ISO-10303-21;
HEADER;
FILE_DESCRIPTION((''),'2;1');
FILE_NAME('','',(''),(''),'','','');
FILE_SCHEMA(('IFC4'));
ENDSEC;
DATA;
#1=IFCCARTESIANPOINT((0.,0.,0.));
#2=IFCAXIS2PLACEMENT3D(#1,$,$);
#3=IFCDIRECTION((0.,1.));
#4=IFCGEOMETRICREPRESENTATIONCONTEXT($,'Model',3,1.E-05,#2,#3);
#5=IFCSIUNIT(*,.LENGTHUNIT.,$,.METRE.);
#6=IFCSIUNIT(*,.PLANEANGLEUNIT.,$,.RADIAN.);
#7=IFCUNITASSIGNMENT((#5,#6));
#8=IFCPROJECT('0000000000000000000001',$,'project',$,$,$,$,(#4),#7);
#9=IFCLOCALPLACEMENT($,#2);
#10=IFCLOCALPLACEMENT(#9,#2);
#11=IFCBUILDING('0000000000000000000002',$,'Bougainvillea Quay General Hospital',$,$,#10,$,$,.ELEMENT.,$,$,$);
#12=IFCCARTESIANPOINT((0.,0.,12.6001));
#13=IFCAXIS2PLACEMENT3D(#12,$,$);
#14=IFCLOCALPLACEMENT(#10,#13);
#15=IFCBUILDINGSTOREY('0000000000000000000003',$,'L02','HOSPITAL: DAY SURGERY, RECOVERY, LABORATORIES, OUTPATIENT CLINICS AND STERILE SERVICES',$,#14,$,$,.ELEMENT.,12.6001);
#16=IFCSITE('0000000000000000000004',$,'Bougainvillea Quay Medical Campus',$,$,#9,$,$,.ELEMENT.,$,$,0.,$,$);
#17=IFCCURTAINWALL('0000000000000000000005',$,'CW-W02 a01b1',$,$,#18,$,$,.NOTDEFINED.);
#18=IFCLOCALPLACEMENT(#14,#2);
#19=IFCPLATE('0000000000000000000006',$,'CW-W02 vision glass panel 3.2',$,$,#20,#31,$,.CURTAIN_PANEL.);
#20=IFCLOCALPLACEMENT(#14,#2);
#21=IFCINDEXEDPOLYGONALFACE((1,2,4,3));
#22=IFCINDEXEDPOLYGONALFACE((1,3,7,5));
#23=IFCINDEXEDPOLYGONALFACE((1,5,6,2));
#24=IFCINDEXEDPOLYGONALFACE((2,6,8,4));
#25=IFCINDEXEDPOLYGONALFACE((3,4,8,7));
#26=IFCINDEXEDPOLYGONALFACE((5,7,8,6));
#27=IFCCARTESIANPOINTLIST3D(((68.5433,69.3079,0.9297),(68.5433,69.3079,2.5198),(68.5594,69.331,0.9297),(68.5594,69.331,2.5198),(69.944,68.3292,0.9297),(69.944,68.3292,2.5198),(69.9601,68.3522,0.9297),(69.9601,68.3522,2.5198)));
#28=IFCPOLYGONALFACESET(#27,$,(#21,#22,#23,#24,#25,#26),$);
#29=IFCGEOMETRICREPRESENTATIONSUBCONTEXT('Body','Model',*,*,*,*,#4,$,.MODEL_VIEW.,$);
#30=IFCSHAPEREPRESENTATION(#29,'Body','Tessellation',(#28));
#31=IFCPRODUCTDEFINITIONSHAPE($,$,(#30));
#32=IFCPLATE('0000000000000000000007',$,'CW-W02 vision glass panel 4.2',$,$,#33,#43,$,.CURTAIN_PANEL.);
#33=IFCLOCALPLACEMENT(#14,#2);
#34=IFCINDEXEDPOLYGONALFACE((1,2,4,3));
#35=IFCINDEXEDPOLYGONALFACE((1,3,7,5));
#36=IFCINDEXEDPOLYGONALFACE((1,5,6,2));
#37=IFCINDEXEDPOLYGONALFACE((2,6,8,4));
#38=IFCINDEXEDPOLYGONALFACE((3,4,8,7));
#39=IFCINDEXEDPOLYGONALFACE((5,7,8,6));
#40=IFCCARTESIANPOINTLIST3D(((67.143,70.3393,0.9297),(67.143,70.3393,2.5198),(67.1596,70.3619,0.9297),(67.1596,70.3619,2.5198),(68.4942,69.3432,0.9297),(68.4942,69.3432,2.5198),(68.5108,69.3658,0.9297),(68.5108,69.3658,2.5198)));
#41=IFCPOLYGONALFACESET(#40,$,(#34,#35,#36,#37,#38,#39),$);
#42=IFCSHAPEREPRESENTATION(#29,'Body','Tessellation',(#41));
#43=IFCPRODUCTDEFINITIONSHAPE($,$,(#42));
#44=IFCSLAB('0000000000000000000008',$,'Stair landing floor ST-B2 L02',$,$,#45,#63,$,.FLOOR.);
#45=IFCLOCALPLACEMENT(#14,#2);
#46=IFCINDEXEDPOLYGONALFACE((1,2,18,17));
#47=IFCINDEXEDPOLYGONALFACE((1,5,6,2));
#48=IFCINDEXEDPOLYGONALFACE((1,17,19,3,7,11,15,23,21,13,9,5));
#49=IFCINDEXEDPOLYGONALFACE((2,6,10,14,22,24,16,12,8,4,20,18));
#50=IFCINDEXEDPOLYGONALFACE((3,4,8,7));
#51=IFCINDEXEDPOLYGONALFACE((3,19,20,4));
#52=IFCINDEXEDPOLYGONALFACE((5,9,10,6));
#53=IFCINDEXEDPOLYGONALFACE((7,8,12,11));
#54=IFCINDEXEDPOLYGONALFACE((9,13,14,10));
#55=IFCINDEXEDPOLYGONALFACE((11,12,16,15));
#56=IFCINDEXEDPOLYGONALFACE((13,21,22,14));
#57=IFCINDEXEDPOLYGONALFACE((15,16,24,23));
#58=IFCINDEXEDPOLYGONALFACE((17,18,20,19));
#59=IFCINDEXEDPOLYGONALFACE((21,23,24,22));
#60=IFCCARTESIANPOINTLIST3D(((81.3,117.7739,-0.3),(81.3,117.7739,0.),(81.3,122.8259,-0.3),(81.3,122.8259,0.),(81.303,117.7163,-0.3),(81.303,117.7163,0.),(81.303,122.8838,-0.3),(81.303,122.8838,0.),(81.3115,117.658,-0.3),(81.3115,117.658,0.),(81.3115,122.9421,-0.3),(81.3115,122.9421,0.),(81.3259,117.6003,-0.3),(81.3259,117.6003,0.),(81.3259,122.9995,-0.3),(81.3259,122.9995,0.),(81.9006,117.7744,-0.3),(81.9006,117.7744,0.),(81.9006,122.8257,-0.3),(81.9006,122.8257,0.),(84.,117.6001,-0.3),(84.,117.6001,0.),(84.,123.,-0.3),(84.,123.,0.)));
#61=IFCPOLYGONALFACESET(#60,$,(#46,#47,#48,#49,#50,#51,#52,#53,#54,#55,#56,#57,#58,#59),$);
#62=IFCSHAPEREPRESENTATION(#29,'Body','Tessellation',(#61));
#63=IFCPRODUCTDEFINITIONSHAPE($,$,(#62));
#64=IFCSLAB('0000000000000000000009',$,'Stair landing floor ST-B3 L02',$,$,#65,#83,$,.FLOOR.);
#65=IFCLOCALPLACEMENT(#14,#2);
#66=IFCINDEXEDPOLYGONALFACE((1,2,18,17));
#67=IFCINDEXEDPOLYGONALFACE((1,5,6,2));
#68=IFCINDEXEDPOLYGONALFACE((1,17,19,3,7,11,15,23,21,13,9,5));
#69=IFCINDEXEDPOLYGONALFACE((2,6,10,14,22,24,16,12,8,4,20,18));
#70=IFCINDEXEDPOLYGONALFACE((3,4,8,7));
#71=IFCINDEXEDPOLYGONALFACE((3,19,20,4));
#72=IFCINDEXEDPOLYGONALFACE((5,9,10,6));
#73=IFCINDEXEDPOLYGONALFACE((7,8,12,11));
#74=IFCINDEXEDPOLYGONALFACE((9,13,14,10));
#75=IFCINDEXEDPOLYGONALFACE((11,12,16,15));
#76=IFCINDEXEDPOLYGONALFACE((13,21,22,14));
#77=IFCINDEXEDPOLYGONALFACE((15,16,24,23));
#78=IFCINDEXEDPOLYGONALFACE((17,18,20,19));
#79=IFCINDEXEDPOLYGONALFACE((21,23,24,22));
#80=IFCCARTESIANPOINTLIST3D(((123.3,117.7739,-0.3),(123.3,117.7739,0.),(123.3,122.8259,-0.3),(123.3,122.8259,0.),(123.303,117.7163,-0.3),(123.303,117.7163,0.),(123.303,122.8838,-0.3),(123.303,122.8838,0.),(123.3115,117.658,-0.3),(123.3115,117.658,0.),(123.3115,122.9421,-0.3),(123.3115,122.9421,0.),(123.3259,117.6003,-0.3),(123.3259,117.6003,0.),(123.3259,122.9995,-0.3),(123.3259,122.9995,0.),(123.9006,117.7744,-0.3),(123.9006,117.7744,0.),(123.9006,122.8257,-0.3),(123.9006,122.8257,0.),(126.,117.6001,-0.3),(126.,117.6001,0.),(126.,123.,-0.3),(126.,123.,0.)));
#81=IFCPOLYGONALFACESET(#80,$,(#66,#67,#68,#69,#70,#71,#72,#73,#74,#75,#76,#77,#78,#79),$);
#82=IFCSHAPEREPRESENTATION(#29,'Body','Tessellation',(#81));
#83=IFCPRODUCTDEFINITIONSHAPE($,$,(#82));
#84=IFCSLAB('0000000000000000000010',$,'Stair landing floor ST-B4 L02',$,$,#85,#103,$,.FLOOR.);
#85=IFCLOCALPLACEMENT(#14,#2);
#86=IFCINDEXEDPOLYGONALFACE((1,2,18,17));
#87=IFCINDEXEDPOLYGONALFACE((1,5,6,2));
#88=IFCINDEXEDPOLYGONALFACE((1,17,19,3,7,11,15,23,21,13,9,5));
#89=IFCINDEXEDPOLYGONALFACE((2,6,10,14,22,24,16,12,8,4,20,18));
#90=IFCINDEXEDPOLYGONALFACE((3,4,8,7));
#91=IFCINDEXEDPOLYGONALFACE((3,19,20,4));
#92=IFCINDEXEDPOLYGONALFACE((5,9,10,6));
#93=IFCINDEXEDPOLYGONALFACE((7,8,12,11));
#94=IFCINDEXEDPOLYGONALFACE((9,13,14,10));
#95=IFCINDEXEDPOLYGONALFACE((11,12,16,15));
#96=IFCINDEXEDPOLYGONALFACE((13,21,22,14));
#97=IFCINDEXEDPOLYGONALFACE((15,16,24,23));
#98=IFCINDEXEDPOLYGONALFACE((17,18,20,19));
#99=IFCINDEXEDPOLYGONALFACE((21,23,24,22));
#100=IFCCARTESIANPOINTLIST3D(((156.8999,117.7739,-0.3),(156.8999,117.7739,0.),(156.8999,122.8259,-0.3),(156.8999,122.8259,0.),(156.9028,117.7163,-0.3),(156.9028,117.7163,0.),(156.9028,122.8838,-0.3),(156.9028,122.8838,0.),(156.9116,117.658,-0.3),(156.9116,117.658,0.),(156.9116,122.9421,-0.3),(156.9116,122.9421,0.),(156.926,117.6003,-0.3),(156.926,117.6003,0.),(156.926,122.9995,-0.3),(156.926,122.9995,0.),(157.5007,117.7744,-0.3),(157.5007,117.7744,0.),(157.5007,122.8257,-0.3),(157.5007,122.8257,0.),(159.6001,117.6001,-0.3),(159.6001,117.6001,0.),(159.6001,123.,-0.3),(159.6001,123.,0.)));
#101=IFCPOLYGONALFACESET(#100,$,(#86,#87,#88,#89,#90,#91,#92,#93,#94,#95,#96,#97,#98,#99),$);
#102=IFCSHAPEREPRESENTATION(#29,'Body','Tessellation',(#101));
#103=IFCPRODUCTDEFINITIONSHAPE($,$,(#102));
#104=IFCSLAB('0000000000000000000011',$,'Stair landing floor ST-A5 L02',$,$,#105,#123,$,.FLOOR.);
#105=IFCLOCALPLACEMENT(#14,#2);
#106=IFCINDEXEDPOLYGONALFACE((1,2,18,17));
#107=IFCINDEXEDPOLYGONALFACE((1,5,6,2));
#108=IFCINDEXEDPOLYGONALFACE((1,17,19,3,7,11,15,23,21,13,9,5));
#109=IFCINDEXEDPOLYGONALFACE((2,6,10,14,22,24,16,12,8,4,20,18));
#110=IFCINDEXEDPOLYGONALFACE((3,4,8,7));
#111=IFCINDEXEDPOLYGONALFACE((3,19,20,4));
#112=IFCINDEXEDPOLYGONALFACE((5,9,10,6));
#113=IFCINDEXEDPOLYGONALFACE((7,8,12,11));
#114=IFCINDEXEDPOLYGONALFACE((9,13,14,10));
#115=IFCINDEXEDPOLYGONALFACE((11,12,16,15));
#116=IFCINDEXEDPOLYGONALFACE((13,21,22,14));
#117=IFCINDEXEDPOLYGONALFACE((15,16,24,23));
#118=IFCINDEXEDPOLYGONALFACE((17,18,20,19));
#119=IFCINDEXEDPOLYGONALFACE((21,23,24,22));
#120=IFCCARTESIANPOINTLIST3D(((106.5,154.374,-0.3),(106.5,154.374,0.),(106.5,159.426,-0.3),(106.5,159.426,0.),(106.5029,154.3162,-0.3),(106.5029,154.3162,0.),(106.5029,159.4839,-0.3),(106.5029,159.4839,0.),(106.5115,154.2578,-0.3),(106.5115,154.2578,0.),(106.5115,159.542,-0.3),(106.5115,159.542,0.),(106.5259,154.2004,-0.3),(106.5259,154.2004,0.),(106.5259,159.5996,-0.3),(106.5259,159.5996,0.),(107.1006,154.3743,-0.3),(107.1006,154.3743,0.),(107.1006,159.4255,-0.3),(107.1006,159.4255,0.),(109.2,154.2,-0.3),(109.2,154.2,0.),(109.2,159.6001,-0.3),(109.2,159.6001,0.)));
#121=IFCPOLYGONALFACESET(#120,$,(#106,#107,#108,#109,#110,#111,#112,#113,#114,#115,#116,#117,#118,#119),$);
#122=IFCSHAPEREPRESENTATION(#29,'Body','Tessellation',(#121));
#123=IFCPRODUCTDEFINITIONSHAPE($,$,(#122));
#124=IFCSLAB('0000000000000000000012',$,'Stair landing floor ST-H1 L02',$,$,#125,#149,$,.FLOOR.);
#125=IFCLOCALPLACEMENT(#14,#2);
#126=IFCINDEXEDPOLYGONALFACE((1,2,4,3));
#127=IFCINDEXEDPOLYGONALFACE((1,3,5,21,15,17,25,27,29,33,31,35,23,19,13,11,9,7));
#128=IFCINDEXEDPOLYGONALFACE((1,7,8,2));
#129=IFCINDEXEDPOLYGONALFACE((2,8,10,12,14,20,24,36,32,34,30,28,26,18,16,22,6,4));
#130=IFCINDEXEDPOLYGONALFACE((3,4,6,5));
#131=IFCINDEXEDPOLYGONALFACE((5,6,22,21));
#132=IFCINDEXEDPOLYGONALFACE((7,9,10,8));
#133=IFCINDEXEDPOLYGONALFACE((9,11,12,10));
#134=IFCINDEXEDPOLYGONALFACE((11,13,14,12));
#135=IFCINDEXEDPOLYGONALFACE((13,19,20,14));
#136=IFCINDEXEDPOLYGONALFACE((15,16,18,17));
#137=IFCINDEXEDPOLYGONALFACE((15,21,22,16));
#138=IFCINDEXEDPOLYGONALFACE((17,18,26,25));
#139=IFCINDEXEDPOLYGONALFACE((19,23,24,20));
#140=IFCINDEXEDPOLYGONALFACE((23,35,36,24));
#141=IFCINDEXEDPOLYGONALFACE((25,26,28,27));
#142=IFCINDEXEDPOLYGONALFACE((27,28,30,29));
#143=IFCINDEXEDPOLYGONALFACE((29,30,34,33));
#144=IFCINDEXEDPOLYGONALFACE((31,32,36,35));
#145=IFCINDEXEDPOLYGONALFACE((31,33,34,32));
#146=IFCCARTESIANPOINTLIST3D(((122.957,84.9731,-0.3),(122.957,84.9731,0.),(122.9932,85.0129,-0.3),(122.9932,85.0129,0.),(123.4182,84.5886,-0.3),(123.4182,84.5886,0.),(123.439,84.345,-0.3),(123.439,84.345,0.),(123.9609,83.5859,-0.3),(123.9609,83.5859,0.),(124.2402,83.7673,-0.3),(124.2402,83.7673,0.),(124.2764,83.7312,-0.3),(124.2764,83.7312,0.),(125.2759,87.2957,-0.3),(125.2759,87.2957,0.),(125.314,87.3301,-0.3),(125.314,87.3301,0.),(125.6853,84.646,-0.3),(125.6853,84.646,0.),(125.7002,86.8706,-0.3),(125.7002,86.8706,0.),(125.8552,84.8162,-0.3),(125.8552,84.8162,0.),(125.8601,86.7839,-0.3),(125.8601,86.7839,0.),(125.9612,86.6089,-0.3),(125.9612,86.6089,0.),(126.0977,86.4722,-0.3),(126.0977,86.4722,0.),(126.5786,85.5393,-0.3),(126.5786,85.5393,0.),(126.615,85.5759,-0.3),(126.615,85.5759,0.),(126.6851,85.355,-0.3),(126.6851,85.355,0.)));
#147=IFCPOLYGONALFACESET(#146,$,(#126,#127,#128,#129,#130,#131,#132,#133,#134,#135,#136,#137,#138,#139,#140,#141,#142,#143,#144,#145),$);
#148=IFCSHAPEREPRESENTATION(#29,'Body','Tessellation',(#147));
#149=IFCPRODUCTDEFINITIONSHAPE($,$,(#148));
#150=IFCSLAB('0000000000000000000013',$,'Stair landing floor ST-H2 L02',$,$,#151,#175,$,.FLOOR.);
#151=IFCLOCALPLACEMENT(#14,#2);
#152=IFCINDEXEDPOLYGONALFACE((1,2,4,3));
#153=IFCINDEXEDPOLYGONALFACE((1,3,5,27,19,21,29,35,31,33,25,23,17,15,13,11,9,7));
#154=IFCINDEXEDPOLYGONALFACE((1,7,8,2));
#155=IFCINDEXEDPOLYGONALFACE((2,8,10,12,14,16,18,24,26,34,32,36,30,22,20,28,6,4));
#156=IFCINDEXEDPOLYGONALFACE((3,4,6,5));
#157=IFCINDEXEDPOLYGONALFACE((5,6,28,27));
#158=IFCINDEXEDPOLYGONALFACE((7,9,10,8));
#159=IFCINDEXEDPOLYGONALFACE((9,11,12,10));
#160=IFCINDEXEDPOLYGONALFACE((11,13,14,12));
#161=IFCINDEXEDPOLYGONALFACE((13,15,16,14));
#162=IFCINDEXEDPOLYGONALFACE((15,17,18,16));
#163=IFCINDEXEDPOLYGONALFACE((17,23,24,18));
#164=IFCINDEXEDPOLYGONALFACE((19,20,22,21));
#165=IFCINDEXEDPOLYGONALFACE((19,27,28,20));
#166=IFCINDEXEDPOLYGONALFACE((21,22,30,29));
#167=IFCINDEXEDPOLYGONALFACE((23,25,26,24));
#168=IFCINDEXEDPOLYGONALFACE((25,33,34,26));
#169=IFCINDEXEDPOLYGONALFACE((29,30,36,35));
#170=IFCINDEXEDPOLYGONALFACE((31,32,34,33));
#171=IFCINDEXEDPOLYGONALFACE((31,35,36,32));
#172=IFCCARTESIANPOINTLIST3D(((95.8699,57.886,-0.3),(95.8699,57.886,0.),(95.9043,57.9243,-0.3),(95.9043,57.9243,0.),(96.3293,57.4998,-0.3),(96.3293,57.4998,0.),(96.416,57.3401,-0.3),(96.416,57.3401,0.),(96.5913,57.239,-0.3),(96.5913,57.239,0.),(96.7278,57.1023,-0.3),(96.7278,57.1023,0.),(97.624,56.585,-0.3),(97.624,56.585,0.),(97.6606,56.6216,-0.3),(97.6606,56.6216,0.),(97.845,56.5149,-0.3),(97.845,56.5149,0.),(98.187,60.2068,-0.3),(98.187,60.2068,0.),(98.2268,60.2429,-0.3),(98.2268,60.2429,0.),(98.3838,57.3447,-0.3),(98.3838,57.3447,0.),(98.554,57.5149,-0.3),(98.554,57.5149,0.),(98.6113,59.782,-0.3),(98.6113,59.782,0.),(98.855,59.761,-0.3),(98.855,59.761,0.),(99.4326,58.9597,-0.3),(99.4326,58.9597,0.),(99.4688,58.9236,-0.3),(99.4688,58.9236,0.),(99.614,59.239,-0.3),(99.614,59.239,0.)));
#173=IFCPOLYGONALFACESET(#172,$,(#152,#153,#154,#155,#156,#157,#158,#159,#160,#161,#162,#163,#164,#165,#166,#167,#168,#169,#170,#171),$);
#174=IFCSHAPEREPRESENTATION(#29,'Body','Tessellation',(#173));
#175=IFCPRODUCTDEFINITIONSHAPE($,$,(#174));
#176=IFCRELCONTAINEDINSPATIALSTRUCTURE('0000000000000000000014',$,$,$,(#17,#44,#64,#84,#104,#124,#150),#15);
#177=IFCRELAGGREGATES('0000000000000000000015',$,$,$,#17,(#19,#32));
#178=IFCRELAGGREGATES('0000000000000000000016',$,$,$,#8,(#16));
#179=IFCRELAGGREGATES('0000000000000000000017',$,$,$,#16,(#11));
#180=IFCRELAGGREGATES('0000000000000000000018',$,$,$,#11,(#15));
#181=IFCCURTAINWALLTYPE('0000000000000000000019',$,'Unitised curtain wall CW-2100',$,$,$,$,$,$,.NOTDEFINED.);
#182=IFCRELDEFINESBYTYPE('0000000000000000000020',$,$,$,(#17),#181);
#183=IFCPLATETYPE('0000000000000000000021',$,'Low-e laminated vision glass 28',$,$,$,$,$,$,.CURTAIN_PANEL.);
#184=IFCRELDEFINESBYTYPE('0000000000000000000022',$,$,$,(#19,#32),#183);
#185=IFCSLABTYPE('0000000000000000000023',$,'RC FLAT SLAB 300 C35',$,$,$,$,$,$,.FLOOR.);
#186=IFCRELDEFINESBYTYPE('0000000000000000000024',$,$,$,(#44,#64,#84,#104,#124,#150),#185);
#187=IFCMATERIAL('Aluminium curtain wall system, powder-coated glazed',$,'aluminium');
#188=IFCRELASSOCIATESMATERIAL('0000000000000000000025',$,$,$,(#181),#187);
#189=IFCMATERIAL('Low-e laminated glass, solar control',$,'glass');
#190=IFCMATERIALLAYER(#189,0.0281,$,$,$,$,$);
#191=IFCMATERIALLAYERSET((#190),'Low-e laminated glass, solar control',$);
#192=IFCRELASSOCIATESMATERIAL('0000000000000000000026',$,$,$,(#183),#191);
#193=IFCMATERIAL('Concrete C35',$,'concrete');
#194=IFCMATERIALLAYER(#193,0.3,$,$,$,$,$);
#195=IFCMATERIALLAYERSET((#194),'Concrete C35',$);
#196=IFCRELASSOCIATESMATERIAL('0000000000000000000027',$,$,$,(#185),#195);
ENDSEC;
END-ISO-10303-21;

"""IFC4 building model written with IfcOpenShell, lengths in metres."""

from ifc_helpers import new_model, si_unit, direction, frame, origin, origin_2d, place, context, subcontext, project, spatial, polyline, rectangle, outline, extrude, material, layer, layer_set, type_object, element, aggregate, save


model = new_model("IFC4")

# Units and contexts
model_context = context("Model", 3, precision=1e-05, world=origin(), true_north=direction((0.0, 1.0)))
body_context = subcontext(model_context, "Body", "Model", "MODEL_VIEW")
ifc_project = project(units=[si_unit("LENGTHUNIT", "METRE"), si_unit("PLANEANGLEUNIT", "RADIAN")], contexts=[model_context])

# Site, building, storey
site_placement = place(None, origin())
site = spatial("IfcSite", under=ifc_project, at=site_placement, Name="Bougainvillea Quay Medical Campus", CompositionType="ELEMENT", RefElevation=0.0)
building_placement = place(site_placement, origin())
building = spatial("IfcBuilding", under=site, at=building_placement, Name="Bougainvillea Quay General Hospital", CompositionType="ELEMENT")
storey_placement = place(building_placement, frame((0.0, 0.0, 12.6001)))
storey = spatial("IfcBuildingStorey", under=building, at=storey_placement, Name="L02", Description="HOSPITAL: DAY SURGERY, RECOVERY, LABORATORIES, OUTPATIENT CLINICS AND STERILE SERVICES", CompositionType="ELEMENT", Elevation=12.6001)

# Curtain wall, plates
ifc_material_1 = material(Name="Aluminium curtain wall system, powder-coated glazed", Category="aluminium")
curtain_wall_type = type_object("IfcCurtainWallType", Name="Unitised curtain wall CW-2100", PredefinedType="NOTDEFINED", material=ifc_material_1)
curtain_wall_placement = place(storey_placement, origin())
curtain_wall = element("IfcCurtainWall", 1, at=curtain_wall_placement, inside=storey, type_object=curtain_wall_type, Name="CW-W02 a01b1", PredefinedType="NOTDEFINED")
ifc_material_2 = material(Name="Low-e laminated glass, solar control", Category="glass")
ifc_layer_1 = layer(ifc_material_2, 0.0281)
ifc_layer_set_1 = layer_set([ifc_layer_1], Name="Low-e laminated glass, solar control")
plate_type_1 = type_object("IfcPlateType", Name="Low-e laminated vision glass 28", PredefinedType="CURTAIN_PANEL", material=ifc_layer_set_1)
plate_1_placement = place(storey_placement, frame((69.2517, 68.8301, 0.9297), z_axis=(0.0, 0.0, 1.0), x_axis=(-0.819707, 0.572783, 0.0)))
plate_1 = element("IfcPlate", 2, at=plate_1_placement, type_object=plate_type_1, Name="CW-W02 vision glass panel 3.2", PredefinedType="CURTAIN_PANEL", context=body_context, shape_type="SweptSolid", body=[
    extrude(rectangle(XDim=1.7087, YDim=0.0281, at=origin_2d()), origin(), (0.0, 0.0, 1.0), 1.5901),
])
plate_2_placement = place(storey_placement, frame((67.8269, 69.8525, 0.9297), z_axis=(0.0, 0.0, 1.0), x_axis=(-0.80492, 0.593384, 0.0)))
plate_2 = element("IfcPlate", 3, at=plate_2_placement, type_object=plate_type_1, Name="CW-W02 vision glass panel 4.2", PredefinedType="CURTAIN_PANEL", context=body_context, shape_type="SweptSolid", body=[
    extrude(rectangle(XDim=1.6787, YDim=0.0281, at=origin_2d()), origin(), (0.0, 0.0, 1.0), 1.5901),
])
aggregate(curtain_wall, [plate_1, plate_2])

# Slabs
ifc_material_3 = material(Name="Concrete C35", Category="concrete")
ifc_layer_2 = layer(ifc_material_3, 0.3)
ifc_layer_set_2 = layer_set([ifc_layer_2], Name="Concrete C35")
slab_type_1 = type_object("IfcSlabType", Name="RC FLAT SLAB 300 C35", PredefinedType="FLOOR", material=ifc_layer_set_2)
slab_1_placement = place(storey_placement, frame((0.0, 0.0, -0.3)))
element("IfcSlab", 4, at=slab_1_placement, inside=storey, type_object=slab_type_1, Name="Stair landing floor ST-B2 L02", PredefinedType="FLOOR", context=body_context, shape_type="SweptSolid", body=[
    extrude(outline(polyline([(81.303, 122.8838), (81.3115, 122.9421), (81.3259, 122.9995), (84.0, 123.0), (84.0, 117.6001), (81.3259, 117.6003), (81.3115, 117.658), (81.303, 117.7163), (81.3, 117.7739), (81.9006, 117.7744), (81.9006, 122.8257), (81.3, 122.8259), (81.303, 122.8838)])), origin(), (0.0, 0.0, 1.0), 0.3),
])
slab_2_placement = place(storey_placement, frame((0.0, 0.0, -0.3)))
element("IfcSlab", 5, at=slab_2_placement, inside=storey, type_object=slab_type_1, Name="Stair landing floor ST-B3 L02", PredefinedType="FLOOR", context=body_context, shape_type="SweptSolid", body=[
    extrude(outline(polyline([(123.303, 122.8838), (123.3115, 122.9421), (123.3259, 122.9995), (126.0, 123.0), (126.0, 117.6001), (123.3259, 117.6003), (123.3115, 117.658), (123.303, 117.7163), (123.3, 117.7739), (123.9006, 117.7744), (123.9006, 122.8257), (123.3, 122.8259), (123.303, 122.8838)])), origin(), (0.0, 0.0, 1.0), 0.3),
])
slab_3_placement = place(storey_placement, frame((0.0, 0.0, -0.3)))
element("IfcSlab", 6, at=slab_3_placement, inside=storey, type_object=slab_type_1, Name="Stair landing floor ST-B4 L02", PredefinedType="FLOOR", context=body_context, shape_type="SweptSolid", body=[
    extrude(outline(polyline([(156.9028, 122.8838), (156.9116, 122.9421), (156.926, 122.9995), (159.6001, 123.0), (159.6001, 117.6001), (156.926, 117.6003), (156.9116, 117.658), (156.9028, 117.7163), (156.8999, 117.7739), (157.5007, 117.7744), (157.5007, 122.8257), (156.8999, 122.8259), (156.9028, 122.8838)])), origin(), (0.0, 0.0, 1.0), 0.3),
])
slab_4_placement = place(storey_placement, frame((0.0, 0.0, -0.3)))
element("IfcSlab", 7, at=slab_4_placement, inside=storey, type_object=slab_type_1, Name="Stair landing floor ST-A5 L02", PredefinedType="FLOOR", context=body_context, shape_type="SweptSolid", body=[
    extrude(outline(polyline([(106.5029, 159.4839), (106.5115, 159.542), (106.5259, 159.5996), (109.2, 159.6001), (109.2, 154.2), (106.5259, 154.2004), (106.5115, 154.2578), (106.5029, 154.3162), (106.5, 154.374), (107.1006, 154.3743), (107.1006, 159.4255), (106.5, 159.426), (106.5029, 159.4839)])), origin(), (0.0, 0.0, 1.0), 0.3),
])
slab_5_placement = place(storey_placement, frame((0.0, 0.0, -0.3)))
element("IfcSlab", 8, at=slab_5_placement, inside=storey, type_object=slab_type_1, Name="Stair landing floor ST-H1 L02", PredefinedType="FLOOR", context=body_context, shape_type="SweptSolid", body=[
    extrude(outline(polyline([(125.6853, 84.646), (124.2764, 83.7312), (124.2402, 83.7673), (123.9609, 83.5859), (123.439, 84.345), (122.957, 84.9731), (122.9932, 85.0129), (123.4182, 84.5886), (125.7002, 86.8706), (125.2759, 87.2957), (125.314, 87.3301), (125.8601, 86.7839), (125.9612, 86.6089), (126.0977, 86.4722), (126.615, 85.5759), (126.5786, 85.5393), (126.6851, 85.355), (125.8552, 84.8162), (125.6853, 84.646)])), origin(), (0.0, 0.0, 1.0), 0.3),
])
slab_6_placement = place(storey_placement, frame((0.0, 0.0, -0.3)))
element("IfcSlab", 9, at=slab_6_placement, inside=storey, type_object=slab_type_1, Name="Stair landing floor ST-H2 L02", PredefinedType="FLOOR", context=body_context, shape_type="SweptSolid", body=[
    extrude(outline(polyline([(97.624, 56.585), (96.7278, 57.1023), (96.5913, 57.239), (96.416, 57.3401), (95.8699, 57.886), (95.9043, 57.9243), (96.3293, 57.4998), (98.6113, 59.782), (98.187, 60.2068), (98.2268, 60.2429), (98.855, 59.761), (99.614, 59.239), (99.4326, 58.9597), (99.4688, 58.9236), (98.554, 57.5149), (98.3838, 57.3447), (97.845, 56.5149), (97.6606, 56.6216), (97.624, 56.585)])), origin(), (0.0, 0.0, 1.0), 0.3),
])

save(model, "model.ifc")
